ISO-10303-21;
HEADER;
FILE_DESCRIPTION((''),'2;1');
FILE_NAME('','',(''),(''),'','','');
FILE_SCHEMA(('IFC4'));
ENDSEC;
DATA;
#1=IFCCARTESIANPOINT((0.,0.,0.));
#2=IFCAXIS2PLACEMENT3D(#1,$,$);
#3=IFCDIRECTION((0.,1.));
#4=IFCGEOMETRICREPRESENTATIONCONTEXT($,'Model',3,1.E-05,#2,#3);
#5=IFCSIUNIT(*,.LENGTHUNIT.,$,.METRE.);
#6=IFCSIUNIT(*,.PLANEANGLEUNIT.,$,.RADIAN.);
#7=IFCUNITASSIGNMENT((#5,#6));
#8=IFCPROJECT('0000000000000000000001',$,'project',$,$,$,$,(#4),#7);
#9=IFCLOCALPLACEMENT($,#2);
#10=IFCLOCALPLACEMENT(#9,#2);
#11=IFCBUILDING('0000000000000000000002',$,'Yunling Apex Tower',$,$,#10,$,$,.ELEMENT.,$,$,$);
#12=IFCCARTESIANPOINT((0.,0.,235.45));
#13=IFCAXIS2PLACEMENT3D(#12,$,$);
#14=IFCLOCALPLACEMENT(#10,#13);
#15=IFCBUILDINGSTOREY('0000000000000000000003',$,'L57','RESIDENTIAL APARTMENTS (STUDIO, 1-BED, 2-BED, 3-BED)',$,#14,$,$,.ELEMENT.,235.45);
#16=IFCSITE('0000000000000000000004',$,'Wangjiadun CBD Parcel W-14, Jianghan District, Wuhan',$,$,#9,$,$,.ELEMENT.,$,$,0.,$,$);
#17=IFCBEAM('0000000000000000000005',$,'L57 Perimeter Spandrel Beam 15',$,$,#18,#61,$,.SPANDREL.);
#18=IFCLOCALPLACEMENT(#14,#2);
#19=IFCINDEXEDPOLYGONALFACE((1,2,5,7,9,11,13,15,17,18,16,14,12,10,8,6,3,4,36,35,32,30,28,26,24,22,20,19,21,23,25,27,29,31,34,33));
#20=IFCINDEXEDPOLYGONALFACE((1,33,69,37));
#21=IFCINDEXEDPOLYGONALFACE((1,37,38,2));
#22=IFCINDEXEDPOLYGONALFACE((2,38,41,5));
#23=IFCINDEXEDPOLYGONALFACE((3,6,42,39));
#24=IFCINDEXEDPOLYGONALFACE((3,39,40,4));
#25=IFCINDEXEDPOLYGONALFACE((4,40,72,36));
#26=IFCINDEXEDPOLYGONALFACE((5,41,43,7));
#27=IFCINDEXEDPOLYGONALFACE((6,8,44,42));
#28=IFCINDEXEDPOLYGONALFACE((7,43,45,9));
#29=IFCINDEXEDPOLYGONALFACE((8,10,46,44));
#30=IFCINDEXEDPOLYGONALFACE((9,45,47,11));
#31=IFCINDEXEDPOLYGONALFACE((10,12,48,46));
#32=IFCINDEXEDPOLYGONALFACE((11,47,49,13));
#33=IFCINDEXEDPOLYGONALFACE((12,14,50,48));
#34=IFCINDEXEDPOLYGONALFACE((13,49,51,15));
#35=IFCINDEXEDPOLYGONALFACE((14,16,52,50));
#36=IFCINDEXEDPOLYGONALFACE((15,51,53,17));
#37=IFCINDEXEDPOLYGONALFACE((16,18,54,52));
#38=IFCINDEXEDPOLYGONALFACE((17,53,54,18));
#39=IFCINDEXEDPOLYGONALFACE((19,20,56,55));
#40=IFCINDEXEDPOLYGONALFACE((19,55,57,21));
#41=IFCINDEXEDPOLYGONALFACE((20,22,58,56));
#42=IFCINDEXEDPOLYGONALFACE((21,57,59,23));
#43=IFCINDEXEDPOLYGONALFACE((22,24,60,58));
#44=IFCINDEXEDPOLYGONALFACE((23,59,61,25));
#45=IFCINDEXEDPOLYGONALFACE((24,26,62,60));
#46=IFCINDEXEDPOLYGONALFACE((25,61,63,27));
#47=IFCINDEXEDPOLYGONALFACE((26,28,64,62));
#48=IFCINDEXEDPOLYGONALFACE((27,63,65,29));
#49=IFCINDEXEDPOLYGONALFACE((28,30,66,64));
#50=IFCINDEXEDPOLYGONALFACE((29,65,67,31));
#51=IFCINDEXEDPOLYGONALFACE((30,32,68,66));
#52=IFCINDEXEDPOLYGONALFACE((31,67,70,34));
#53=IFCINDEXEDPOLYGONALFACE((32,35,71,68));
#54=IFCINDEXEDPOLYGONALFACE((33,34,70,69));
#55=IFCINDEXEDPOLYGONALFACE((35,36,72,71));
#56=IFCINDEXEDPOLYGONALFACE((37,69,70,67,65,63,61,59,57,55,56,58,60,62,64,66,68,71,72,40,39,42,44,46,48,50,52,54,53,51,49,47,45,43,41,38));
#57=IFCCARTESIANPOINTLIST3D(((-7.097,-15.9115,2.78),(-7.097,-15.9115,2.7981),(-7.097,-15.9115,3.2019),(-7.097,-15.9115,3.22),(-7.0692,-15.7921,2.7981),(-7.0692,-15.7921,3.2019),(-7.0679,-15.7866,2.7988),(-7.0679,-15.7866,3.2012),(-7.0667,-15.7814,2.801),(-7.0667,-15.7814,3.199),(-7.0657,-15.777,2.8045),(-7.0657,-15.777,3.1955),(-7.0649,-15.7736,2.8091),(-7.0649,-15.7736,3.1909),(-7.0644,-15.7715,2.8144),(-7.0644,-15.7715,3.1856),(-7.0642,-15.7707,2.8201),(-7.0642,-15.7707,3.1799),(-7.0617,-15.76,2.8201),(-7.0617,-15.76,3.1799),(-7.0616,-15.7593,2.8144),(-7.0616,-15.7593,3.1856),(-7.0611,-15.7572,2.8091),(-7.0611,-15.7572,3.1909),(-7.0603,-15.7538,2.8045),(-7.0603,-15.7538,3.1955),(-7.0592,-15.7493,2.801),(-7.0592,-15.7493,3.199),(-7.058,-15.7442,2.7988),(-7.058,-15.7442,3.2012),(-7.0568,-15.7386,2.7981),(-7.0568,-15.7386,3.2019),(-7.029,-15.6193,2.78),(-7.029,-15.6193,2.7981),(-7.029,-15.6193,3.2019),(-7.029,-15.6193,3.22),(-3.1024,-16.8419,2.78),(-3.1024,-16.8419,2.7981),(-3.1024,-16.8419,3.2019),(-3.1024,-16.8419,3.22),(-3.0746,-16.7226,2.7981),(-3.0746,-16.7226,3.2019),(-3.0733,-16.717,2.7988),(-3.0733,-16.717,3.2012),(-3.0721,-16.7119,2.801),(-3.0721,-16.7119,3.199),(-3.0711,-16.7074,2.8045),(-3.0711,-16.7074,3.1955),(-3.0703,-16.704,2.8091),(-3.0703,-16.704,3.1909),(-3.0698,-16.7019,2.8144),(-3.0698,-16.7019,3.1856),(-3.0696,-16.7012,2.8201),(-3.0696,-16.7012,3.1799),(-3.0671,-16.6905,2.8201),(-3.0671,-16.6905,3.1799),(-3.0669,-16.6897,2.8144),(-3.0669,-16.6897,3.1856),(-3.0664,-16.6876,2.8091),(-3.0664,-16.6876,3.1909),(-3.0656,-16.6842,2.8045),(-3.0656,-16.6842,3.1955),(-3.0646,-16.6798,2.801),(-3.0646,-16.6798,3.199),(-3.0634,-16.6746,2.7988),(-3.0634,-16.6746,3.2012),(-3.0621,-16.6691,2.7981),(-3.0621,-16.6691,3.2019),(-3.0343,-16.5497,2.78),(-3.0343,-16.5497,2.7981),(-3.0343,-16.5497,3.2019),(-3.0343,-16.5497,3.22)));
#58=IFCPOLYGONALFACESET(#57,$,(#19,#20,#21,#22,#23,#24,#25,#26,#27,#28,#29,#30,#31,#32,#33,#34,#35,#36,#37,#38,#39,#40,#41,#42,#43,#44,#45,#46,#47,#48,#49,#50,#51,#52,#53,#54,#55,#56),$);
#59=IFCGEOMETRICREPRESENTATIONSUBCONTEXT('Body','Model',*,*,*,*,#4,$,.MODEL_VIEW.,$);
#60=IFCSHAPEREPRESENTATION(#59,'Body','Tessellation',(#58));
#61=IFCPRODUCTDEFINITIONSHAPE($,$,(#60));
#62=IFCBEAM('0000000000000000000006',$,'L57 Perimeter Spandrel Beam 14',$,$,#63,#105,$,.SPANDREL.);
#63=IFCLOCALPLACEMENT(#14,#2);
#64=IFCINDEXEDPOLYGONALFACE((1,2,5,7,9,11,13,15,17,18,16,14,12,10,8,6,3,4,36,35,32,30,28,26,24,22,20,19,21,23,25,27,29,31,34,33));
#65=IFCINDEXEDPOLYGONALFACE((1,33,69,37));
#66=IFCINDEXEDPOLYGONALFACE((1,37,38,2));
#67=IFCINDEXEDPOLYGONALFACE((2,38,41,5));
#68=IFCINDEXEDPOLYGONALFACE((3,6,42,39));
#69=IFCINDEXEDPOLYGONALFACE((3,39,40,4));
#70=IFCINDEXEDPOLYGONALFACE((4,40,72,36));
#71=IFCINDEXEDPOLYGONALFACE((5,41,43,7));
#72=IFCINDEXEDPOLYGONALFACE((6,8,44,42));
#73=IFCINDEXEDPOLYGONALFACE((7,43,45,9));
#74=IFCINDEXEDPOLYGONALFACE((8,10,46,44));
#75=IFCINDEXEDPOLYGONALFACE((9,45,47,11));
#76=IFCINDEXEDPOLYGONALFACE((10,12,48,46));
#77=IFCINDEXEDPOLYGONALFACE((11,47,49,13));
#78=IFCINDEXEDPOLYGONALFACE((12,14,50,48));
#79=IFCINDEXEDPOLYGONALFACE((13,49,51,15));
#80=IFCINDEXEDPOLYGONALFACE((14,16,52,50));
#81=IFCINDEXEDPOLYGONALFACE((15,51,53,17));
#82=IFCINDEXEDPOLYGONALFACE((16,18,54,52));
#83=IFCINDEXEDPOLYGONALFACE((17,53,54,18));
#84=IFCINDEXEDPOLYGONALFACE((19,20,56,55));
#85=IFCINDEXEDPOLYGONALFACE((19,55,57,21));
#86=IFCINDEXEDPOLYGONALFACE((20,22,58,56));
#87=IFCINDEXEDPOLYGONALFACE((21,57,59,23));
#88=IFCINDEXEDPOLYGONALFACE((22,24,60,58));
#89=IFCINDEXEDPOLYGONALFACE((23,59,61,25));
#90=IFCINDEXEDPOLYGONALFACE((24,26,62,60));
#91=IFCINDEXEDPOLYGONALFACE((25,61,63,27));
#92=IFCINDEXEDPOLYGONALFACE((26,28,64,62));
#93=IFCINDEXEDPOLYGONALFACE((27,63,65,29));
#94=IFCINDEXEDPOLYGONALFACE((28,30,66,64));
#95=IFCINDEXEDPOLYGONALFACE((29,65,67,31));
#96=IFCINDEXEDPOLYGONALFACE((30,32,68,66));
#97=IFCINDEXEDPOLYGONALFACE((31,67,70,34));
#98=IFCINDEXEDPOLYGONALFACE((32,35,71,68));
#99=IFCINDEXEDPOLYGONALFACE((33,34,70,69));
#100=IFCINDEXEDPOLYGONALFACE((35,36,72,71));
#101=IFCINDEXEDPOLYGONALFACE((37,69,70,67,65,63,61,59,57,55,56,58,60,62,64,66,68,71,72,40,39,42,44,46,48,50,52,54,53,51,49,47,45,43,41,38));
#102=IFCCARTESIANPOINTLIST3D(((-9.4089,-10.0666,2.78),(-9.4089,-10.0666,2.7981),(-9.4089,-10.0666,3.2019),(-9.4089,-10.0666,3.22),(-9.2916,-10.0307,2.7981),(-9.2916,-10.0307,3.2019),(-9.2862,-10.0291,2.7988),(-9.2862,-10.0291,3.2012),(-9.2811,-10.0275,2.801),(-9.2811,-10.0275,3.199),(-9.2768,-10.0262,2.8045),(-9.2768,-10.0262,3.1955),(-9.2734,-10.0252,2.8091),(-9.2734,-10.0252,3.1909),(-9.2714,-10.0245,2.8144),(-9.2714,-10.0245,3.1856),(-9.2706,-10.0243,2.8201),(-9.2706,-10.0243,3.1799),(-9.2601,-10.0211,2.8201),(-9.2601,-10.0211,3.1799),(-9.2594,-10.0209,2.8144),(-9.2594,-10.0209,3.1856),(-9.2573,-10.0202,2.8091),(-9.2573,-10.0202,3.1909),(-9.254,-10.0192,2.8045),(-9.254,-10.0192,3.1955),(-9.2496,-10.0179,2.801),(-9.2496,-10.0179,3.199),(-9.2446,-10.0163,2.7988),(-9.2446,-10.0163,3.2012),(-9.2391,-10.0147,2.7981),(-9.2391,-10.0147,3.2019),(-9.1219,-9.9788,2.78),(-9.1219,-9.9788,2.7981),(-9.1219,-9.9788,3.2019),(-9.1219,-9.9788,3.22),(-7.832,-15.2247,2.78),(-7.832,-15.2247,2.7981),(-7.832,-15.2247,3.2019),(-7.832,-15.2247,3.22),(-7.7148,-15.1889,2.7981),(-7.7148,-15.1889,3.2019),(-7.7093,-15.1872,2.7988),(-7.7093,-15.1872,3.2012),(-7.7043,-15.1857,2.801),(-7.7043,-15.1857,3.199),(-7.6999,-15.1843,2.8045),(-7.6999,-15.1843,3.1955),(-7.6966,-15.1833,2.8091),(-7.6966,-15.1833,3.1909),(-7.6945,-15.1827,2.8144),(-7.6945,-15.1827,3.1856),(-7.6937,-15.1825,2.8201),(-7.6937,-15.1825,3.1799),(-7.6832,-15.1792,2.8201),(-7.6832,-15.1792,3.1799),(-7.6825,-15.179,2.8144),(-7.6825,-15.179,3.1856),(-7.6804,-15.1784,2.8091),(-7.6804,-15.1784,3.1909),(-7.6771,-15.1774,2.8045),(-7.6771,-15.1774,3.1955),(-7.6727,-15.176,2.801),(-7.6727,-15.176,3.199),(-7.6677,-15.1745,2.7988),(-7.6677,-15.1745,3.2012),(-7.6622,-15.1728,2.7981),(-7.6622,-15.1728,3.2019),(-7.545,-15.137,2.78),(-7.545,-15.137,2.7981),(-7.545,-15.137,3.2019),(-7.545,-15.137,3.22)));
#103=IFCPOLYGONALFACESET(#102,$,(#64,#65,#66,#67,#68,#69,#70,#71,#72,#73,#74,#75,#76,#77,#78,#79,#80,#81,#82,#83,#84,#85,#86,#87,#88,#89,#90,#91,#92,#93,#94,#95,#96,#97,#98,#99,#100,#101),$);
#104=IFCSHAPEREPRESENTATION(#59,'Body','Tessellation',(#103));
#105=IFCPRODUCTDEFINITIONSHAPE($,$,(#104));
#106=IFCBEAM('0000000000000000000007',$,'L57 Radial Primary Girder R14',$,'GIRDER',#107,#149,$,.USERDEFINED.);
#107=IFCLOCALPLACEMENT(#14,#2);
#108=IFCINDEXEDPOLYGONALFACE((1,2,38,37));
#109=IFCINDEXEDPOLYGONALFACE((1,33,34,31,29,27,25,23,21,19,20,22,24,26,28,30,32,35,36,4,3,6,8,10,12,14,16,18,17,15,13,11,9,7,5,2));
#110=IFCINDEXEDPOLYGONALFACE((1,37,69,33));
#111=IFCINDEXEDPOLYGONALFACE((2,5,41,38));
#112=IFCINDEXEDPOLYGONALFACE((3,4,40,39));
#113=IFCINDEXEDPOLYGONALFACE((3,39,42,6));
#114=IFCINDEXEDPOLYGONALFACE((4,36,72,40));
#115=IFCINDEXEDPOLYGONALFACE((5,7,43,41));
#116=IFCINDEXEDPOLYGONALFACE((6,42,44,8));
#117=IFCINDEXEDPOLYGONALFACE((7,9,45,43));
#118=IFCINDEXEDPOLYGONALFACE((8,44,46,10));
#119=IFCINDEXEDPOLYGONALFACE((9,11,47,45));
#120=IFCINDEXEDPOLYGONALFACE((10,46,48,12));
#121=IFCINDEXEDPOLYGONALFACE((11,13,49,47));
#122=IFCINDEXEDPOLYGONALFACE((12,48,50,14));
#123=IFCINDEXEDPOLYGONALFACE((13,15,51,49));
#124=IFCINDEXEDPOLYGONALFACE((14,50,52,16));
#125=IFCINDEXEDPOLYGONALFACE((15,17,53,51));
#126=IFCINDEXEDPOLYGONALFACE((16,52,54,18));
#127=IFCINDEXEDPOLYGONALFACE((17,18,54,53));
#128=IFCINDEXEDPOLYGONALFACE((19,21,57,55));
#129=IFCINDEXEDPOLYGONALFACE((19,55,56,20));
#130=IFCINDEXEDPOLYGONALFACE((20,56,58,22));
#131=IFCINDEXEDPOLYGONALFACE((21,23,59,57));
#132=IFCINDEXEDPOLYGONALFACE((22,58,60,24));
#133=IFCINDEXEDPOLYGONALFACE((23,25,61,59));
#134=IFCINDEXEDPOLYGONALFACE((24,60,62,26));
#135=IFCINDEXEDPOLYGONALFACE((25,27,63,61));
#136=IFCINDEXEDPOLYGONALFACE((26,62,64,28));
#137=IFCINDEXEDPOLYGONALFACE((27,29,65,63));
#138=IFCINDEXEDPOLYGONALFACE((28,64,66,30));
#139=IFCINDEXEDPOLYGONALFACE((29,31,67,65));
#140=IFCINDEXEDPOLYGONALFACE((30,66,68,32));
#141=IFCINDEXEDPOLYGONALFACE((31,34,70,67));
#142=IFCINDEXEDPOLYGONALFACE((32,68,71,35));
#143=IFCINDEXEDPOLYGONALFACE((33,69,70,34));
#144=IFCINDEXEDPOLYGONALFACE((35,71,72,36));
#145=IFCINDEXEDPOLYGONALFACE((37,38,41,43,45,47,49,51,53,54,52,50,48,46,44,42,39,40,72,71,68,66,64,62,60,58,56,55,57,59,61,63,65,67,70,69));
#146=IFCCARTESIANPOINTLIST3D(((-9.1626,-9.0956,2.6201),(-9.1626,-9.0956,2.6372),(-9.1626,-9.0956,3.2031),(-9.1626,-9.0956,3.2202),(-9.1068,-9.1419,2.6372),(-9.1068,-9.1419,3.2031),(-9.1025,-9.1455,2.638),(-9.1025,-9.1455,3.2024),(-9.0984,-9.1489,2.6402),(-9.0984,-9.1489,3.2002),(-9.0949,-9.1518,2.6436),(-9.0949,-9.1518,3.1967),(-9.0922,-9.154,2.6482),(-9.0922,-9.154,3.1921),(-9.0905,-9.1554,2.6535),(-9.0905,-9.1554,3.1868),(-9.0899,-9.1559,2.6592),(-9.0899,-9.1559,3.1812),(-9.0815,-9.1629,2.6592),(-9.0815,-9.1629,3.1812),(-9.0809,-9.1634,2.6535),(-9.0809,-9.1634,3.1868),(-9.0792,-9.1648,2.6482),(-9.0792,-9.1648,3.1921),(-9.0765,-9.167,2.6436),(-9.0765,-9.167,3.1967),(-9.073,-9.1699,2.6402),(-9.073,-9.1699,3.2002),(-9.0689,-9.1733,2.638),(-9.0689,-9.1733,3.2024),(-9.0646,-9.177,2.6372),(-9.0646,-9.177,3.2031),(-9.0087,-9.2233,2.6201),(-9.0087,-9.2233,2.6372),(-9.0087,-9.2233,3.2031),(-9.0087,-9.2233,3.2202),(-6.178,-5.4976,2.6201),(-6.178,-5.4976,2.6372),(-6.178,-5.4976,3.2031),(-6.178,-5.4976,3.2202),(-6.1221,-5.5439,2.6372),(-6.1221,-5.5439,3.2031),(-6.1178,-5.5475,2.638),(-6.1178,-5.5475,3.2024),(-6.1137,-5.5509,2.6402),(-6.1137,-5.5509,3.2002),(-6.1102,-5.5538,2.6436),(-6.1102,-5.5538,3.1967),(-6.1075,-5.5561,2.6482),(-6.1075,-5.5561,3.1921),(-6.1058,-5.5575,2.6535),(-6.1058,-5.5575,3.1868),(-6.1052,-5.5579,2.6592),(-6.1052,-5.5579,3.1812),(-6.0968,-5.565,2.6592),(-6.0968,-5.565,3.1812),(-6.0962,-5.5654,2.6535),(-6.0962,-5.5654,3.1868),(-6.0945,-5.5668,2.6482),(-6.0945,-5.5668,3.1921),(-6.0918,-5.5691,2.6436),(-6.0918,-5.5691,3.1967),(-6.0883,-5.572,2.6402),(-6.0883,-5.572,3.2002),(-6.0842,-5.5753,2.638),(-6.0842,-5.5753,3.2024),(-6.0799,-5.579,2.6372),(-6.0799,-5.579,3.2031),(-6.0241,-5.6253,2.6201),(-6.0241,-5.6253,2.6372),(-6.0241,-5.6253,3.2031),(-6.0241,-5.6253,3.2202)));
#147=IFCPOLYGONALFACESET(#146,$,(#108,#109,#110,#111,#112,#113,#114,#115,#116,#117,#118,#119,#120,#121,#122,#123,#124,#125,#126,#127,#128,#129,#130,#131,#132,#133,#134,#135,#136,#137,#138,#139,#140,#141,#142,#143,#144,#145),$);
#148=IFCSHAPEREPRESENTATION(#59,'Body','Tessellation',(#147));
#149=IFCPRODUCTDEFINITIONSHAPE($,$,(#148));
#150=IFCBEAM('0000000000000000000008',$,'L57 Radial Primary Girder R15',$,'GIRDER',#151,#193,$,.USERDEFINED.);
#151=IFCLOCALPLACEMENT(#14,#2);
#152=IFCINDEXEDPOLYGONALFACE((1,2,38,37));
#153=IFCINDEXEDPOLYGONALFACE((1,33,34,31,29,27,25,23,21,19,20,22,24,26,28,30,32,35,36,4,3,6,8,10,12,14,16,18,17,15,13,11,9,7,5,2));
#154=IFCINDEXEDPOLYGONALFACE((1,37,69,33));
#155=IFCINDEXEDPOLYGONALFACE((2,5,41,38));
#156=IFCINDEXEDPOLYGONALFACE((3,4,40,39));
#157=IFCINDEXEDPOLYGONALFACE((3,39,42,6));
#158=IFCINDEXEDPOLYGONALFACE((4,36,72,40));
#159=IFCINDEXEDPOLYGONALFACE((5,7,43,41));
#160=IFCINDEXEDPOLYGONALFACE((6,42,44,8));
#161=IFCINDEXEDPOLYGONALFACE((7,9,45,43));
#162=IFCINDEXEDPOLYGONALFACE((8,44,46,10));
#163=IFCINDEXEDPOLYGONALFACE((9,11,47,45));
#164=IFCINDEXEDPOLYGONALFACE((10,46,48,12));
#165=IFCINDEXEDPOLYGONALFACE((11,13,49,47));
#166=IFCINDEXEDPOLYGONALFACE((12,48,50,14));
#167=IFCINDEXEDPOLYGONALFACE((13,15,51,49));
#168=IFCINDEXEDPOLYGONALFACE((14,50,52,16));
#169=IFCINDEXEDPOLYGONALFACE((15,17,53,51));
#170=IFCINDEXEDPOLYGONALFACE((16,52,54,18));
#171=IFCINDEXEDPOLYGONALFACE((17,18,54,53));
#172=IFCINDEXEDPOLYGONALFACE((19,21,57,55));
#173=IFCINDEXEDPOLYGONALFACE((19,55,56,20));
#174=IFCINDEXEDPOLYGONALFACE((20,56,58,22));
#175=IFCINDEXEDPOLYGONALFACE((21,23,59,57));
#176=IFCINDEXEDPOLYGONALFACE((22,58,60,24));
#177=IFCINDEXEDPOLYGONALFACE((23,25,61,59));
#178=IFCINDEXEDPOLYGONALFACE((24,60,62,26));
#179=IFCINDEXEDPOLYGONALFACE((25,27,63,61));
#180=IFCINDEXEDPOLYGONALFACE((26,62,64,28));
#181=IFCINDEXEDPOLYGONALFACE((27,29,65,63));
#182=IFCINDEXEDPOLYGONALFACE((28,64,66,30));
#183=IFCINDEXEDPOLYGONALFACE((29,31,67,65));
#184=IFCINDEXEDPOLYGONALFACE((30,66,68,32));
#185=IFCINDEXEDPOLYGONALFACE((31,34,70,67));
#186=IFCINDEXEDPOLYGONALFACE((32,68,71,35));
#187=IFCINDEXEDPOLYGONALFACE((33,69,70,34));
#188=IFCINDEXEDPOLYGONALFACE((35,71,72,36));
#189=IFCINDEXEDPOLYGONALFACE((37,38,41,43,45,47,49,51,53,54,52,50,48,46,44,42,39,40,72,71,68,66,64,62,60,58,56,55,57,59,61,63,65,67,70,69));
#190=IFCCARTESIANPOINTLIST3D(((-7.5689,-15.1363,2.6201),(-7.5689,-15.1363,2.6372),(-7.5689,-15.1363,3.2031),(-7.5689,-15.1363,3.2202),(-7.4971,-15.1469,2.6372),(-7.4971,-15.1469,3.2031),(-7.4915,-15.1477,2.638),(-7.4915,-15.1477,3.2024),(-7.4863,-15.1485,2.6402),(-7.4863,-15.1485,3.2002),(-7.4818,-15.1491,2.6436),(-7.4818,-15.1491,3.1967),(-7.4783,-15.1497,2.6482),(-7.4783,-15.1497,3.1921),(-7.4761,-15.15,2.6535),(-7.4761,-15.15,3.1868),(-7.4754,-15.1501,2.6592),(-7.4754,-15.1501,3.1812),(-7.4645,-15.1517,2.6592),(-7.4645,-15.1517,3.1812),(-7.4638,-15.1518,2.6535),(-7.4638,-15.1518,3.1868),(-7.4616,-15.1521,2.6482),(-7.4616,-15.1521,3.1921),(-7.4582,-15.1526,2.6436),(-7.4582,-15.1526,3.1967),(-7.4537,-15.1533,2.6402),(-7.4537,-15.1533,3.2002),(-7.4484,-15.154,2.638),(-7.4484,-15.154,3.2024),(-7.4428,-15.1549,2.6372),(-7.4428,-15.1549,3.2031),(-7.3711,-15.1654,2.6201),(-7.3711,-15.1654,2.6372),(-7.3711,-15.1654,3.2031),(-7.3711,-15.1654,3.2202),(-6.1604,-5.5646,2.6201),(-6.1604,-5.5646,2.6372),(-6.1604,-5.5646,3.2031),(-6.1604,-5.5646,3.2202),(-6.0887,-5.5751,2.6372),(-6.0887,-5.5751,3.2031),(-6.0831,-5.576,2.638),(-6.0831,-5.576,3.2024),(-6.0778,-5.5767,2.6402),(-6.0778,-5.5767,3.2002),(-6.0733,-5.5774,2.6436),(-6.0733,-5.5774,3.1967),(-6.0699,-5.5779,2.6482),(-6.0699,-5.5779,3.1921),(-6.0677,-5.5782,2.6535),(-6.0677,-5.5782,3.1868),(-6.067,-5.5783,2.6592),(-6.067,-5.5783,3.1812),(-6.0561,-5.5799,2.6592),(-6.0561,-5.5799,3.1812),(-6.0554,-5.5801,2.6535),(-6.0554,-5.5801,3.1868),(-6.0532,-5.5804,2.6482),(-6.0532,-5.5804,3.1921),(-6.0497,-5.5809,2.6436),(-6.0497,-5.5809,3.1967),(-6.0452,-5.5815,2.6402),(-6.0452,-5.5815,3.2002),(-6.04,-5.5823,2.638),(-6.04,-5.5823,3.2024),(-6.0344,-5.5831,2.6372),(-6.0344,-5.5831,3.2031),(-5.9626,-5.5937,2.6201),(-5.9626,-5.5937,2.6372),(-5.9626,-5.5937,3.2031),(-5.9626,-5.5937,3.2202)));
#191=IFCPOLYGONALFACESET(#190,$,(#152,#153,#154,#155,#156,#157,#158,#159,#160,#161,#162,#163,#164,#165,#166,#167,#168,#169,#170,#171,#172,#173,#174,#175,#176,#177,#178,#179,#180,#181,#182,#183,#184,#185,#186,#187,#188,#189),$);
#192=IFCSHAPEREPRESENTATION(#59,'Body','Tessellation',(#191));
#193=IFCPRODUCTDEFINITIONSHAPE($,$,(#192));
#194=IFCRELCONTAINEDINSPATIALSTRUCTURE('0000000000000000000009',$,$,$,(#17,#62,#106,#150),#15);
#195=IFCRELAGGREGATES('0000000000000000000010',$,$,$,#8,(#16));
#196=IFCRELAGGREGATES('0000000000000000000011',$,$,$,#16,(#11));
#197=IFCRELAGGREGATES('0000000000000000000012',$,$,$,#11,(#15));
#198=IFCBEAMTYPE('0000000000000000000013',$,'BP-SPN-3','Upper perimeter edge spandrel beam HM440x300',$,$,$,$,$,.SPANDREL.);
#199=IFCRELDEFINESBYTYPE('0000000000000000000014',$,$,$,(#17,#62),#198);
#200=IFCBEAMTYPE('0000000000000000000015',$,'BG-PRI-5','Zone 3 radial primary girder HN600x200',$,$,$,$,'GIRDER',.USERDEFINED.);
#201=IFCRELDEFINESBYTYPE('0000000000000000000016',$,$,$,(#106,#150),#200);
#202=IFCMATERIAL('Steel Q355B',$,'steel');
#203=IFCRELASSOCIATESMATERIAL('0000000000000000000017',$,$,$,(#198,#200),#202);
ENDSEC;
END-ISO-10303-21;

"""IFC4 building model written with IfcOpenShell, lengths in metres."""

from ifc_helpers import new_model, si_unit, direction, frame, origin, origin_2d, place, context, subcontext, project, spatial, i_section, extrude, source, transform, mapped, material, material_profile, profile_set, type_object, element, save


model = new_model("IFC4")

# Units and contexts
model_context = context("Model", 3, precision=1e-05, world=origin(), true_north=direction((0.0, 1.0)))
body_context = subcontext(model_context, "Body", "Model", "MODEL_VIEW")
ifc_project = project(units=[si_unit("LENGTHUNIT", "METRE"), si_unit("PLANEANGLEUNIT", "RADIAN")], contexts=[model_context])

# Site, building, storey
site_placement = place(None, origin())
site = spatial("IfcSite", under=ifc_project, at=site_placement, Name="Wangjiadun CBD Parcel W-14, Jianghan District, Wuhan", CompositionType="ELEMENT", RefElevation=0.0)
building_placement = place(site_placement, origin())
building = spatial("IfcBuilding", under=site, at=building_placement, Name="Yunling Apex Tower", CompositionType="ELEMENT")
storey_placement = place(building_placement, frame((0.0, 0.0, 235.45)))
storey = spatial("IfcBuildingStorey", under=building, at=storey_placement, Name="L57", Description="RESIDENTIAL APARTMENTS (STUDIO, 1-BED, 2-BED, 3-BED)", CompositionType="ELEMENT", Elevation=235.45)

# Beams
ifc_material_1 = material(Name="Steel Q355B", Category="steel")
ifc_material_profile_1 = material_profile(ifc_material_1, i_section(OverallWidth=0.3, OverallDepth=0.4399, WebThickness=0.011, FlangeThickness=0.0181, FilletRadius=0.022, at=origin_2d()))
ifc_profile_set_1 = profile_set([ifc_material_profile_1], Name="Steel Q355B")
beam_type_1 = type_object("IfcBeamType", Name="BP-SPN-3", Description="Upper perimeter edge spandrel beam HM440x300", PredefinedType="SPANDREL", material=ifc_profile_set_1)
shared_shape_1 = source(origin(), body_context, "Body", "SweptSolid", [
    extrude(i_section(OverallWidth=0.3, OverallDepth=0.4399, WebThickness=0.011, FlangeThickness=0.0181, FilletRadius=0.022, at=origin_2d()), origin(), (0.0, 0.0, 1.0), 4.1016),
])
beam_1_placement = place(storey_placement, frame((-7.063, -15.7654, 3.0), z_axis=(0.973931, -0.226846, 0.0), x_axis=(0.226846, 0.973931, 0.0)))
element("IfcBeam", 1, at=beam_1_placement, inside=storey, type_object=beam_type_1, Name="L57 Perimeter Spandrel Beam 15", PredefinedType="SPANDREL", context=body_context, shape_type="MappedRepresentation", body=[
    mapped(shared_shape_1, transform((0.0, 0.0, 0.0), scale=1.0)),
])
shared_shape_2 = source(origin(), body_context, "Body", "SweptSolid", [
    extrude(i_section(OverallWidth=0.3, OverallDepth=0.4399, WebThickness=0.011, FlangeThickness=0.0181, FilletRadius=0.022, at=origin_2d()), origin(), (0.0, 0.0, 1.0), 5.3938),
])
beam_2_placement = place(storey_placement, frame((-9.2654, -10.0227, 3.0), z_axis=(0.292352, -0.956311, 0.0), x_axis=(0.956311, 0.292352, 0.0)))
element("IfcBeam", 2, at=beam_2_placement, inside=storey, type_object=beam_type_1, Name="L57 Perimeter Spandrel Beam 14", PredefinedType="SPANDREL", context=body_context, shape_type="MappedRepresentation", body=[
    mapped(shared_shape_2, transform((0.0, 0.0, 0.0), scale=1.0)),
])
ifc_material_profile_2 = material_profile(ifc_material_1, i_section(OverallWidth=0.2, OverallDepth=0.6001, WebThickness=0.011, FlangeThickness=0.0171, FilletRadius=0.022, at=origin_2d()))
ifc_profile_set_2 = profile_set([ifc_material_profile_2], Name="Steel Q355B")
beam_type_2 = type_object("IfcBeamType", Name="BG-PRI-5", Description="Zone 3 radial primary girder HN600x200", ElementType="GIRDER", PredefinedType="USERDEFINED", material=ifc_profile_set_2)
shared_shape_3 = source(origin(), body_context, "Body", "SweptSolid", [
    extrude(i_section(OverallWidth=0.2, OverallDepth=0.6001, WebThickness=0.011, FlangeThickness=0.0171, FilletRadius=0.022, at=origin_2d()), origin(), (0.0, 0.0, 1.0), 4.6748),
])
beam_3_placement = place(storey_placement, frame((-9.0857, -9.1594, 2.9202), z_axis=(0.638462, 0.769653, 0.0), x_axis=(-0.769653, 0.638462, 0.0)))
element("IfcBeam", 3, at=beam_3_placement, inside=storey, type_object=beam_type_2, Name="L57 Radial Primary Girder R14", ObjectType="GIRDER", PredefinedType="USERDEFINED", context=body_context, shape_type="MappedRepresentation", body=[
    mapped(shared_shape_3, transform((0.0, 0.0, 0.0), scale=1.0)),
])
shared_shape_4 = source(origin(), body_context, "Body", "SweptSolid", [
    extrude(i_section(OverallWidth=0.2, OverallDepth=0.6001, WebThickness=0.011, FlangeThickness=0.0171, FilletRadius=0.022, at=origin_2d()), origin(), (0.0, 0.0, 1.0), 9.6748),
])
beam_4_placement = place(storey_placement, frame((-7.47, -15.1509, 2.9202), z_axis=(0.145578, 0.989347, 0.0), x_axis=(-0.989347, 0.145578, 0.0)))
element("IfcBeam", 4, at=beam_4_placement, inside=storey, type_object=beam_type_2, Name="L57 Radial Primary Girder R15", ObjectType="GIRDER", PredefinedType="USERDEFINED", context=body_context, shape_type="MappedRepresentation", body=[
    mapped(shared_shape_4, transform((0.0, 0.0, 0.0), scale=1.0)),
])

save(model, "model.ifc")
